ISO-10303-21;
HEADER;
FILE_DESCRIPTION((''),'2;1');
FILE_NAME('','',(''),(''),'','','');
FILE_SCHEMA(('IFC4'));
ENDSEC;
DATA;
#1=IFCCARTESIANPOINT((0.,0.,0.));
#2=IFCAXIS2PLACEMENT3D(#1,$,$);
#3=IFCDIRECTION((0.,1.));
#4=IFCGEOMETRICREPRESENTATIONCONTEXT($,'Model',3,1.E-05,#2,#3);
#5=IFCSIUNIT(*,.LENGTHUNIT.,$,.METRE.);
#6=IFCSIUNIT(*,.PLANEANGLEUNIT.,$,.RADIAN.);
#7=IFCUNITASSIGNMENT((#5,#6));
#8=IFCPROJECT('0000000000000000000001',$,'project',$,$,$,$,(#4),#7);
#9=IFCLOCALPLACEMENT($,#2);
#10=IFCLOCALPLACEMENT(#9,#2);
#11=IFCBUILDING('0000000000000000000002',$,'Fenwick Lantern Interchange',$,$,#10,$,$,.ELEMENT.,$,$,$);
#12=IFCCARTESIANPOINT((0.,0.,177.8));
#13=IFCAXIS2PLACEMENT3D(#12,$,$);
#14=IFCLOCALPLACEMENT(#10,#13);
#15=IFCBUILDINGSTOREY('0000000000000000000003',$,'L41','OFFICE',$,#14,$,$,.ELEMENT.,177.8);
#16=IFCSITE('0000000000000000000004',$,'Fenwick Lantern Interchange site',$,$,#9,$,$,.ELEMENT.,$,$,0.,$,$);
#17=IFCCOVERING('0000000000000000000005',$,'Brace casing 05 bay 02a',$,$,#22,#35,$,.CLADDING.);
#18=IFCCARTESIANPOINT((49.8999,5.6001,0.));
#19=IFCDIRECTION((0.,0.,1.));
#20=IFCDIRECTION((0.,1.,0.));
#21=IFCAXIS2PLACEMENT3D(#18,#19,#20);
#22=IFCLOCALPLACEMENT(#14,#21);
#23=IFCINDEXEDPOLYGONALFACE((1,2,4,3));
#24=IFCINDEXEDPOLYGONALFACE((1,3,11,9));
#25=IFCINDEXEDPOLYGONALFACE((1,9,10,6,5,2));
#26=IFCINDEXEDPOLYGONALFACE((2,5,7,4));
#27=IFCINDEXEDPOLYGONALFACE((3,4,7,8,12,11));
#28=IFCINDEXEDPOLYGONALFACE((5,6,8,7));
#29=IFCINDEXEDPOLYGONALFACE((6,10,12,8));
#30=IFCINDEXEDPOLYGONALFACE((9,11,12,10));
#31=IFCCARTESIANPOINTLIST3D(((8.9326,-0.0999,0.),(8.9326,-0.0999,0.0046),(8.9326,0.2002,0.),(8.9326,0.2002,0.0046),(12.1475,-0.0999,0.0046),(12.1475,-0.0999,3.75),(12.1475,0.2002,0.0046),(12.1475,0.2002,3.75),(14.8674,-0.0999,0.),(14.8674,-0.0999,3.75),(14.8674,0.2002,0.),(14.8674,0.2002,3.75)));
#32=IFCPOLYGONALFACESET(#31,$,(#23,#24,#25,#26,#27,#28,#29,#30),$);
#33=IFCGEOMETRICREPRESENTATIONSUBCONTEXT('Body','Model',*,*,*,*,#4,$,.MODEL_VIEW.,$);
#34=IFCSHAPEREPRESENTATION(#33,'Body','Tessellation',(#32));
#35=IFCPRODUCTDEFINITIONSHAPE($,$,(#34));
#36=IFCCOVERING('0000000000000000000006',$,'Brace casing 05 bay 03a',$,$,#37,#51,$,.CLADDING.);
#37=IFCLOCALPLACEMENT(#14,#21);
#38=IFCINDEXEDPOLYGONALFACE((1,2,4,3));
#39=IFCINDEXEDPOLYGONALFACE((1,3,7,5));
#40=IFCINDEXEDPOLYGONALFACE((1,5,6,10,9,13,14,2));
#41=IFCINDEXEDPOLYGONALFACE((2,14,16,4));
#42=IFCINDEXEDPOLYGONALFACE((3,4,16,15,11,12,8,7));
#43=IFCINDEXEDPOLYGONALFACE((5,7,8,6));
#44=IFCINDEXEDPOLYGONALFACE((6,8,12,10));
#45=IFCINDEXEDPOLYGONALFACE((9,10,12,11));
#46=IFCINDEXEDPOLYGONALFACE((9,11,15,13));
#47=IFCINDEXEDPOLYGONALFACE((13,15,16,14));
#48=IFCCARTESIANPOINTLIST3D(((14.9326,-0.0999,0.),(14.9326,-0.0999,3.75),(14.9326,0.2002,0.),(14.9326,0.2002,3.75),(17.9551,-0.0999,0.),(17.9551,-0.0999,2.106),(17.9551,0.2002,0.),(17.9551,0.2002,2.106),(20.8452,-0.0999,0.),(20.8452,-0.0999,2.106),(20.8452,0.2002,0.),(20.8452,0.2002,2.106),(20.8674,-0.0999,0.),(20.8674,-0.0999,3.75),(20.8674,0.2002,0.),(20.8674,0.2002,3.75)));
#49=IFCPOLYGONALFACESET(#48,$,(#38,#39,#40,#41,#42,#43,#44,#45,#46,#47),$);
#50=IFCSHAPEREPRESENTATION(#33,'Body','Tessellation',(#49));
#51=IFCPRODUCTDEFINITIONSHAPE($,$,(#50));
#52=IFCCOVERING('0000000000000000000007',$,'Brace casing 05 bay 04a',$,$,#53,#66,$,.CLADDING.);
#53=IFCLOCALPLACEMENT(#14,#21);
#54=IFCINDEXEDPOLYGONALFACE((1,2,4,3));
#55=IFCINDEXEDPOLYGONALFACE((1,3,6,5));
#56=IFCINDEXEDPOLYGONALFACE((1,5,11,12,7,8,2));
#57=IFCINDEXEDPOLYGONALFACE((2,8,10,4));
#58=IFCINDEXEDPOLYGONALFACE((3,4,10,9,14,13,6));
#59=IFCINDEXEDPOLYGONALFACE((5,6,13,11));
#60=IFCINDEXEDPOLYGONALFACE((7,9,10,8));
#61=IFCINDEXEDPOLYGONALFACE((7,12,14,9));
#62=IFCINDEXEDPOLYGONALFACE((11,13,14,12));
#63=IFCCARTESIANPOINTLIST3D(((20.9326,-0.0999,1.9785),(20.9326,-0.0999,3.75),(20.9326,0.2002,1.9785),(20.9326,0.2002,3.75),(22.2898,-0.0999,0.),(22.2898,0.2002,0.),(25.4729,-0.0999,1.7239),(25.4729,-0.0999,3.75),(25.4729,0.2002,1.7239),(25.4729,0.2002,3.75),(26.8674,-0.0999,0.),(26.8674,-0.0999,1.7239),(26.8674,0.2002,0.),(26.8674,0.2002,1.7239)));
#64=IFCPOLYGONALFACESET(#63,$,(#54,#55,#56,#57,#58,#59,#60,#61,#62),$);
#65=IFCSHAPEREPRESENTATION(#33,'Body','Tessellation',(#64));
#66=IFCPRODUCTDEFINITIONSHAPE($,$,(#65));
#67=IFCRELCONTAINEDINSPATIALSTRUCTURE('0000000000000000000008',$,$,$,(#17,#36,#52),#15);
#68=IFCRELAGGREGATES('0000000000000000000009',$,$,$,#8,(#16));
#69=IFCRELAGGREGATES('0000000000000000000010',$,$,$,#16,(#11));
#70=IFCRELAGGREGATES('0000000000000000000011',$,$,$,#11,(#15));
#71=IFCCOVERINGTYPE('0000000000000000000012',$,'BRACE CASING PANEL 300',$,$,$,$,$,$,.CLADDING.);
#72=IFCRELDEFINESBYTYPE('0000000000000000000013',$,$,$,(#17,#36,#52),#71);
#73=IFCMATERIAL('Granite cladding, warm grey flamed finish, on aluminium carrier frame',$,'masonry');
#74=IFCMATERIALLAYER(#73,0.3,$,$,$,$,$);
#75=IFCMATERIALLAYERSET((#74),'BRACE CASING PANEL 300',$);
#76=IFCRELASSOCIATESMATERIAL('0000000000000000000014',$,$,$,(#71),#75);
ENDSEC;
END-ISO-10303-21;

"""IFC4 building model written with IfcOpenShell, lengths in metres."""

from ifc_helpers import new_model, si_unit, direction, frame, origin, place, context, subcontext, project, spatial, polyline, outline, extrude, material, layer, layer_set, type_object, element, save


model = new_model("IFC4")

# Units and contexts
model_context = context("Model", 3, precision=1e-05, world=origin(), true_north=direction((0.0, 1.0)))
body_context = subcontext(model_context, "Body", "Model", "MODEL_VIEW")
ifc_project = project(units=[si_unit("LENGTHUNIT", "METRE"), si_unit("PLANEANGLEUNIT", "RADIAN")], contexts=[model_context])

# Site, building, storey
site_placement = place(None, origin())
site = spatial("IfcSite", under=ifc_project, at=site_placement, Name="Fenwick Lantern Interchange site", CompositionType="ELEMENT", RefElevation=0.0)
building_placement = place(site_placement, origin())
building = spatial("IfcBuilding", under=site, at=building_placement, Name="Fenwick Lantern Interchange", CompositionType="ELEMENT")
storey_placement = place(building_placement, frame((0.0, 0.0, 177.8)))
storey = spatial("IfcBuildingStorey", under=building, at=storey_placement, Name="L41", Description="OFFICE", CompositionType="ELEMENT", Elevation=177.8)

# Coverings
ifc_material_1 = material(Name="Granite cladding, warm grey flamed finish, on aluminium carrier frame", Category="masonry")
ifc_layer_1 = layer(ifc_material_1, 0.3)
ifc_layer_set_1 = layer_set([ifc_layer_1], Name="BRACE CASING PANEL 300")
covering_type = type_object("IfcCoveringType", Name="BRACE CASING PANEL 300", PredefinedType="CLADDING", material=ifc_layer_set_1)
covering_1_placement = place(storey_placement, frame((49.8999, 5.6001, 0.0), z_axis=(0.0, 0.0, 1.0), x_axis=(0.0, 1.0, 0.0)))
element("IfcCovering", 1, at=covering_1_placement, inside=storey, type_object=covering_type, Name="Brace casing 05 bay 02a", PredefinedType="CLADDING", context=body_context, shape_type="SweptSolid", body=[
    extrude(outline(polyline([(8.9326, 0.0), (14.8674, 0.0), (14.8674, 3.75), (12.1475, 3.75), (12.1475, 0.0046), (8.9326, 0.0046), (8.9326, 0.0)])), frame((0.0, 0.2002, 0.0), z_axis=(0.0, -1.0, 0.0), x_axis=(1.0, 0.0, 0.0)), (0.0, 0.0, 1.0), 0.3),
])
covering_2_placement = place(storey_placement, frame((49.8999, 5.6001, 0.0), z_axis=(0.0, 0.0, 1.0), x_axis=(0.0, 1.0, 0.0)))
element("IfcCovering", 2, at=covering_2_placement, inside=storey, type_object=covering_type, Name="Brace casing 05 bay 03a", PredefinedType="CLADDING", context=body_context, shape_type="SweptSolid", body=[
    extrude(outline(polyline([(14.9326, 0.0), (17.9551, 0.0), (17.9551, 2.106), (20.8452, 2.106), (20.8452, 0.0), (20.8674, 0.0), (20.8674, 3.75), (14.9326, 3.75), (14.9326, 0.0)])), frame((0.0, 0.2002, 0.0), z_axis=(0.0, -1.0, 0.0), x_axis=(1.0, 0.0, 0.0)), (0.0, 0.0, 1.0), 0.3),
])
covering_3_placement = place(storey_placement, frame((49.8999, 5.6001, 0.0), z_axis=(0.0, 0.0, 1.0), x_axis=(0.0, 1.0, 0.0)))
element("IfcCovering", 3, at=covering_3_placement, inside=storey, type_object=covering_type, Name="Brace casing 05 bay 04a", PredefinedType="CLADDING", context=body_context, shape_type="SweptSolid", body=[
    extrude(outline(polyline([(22.2898, 0.0), (26.8674, 0.0), (26.8674, 1.7239), (25.4729, 1.7239), (25.4729, 3.75), (20.9326, 3.75), (20.9326, 1.9785), (22.2898, 0.0)])), frame((0.0, 0.2002, 0.0), z_axis=(0.0, -1.0, 0.0), x_axis=(1.0, 0.0, 0.0)), (0.0, 0.0, 1.0), 0.3),
])

save(model, "model.ifc")
